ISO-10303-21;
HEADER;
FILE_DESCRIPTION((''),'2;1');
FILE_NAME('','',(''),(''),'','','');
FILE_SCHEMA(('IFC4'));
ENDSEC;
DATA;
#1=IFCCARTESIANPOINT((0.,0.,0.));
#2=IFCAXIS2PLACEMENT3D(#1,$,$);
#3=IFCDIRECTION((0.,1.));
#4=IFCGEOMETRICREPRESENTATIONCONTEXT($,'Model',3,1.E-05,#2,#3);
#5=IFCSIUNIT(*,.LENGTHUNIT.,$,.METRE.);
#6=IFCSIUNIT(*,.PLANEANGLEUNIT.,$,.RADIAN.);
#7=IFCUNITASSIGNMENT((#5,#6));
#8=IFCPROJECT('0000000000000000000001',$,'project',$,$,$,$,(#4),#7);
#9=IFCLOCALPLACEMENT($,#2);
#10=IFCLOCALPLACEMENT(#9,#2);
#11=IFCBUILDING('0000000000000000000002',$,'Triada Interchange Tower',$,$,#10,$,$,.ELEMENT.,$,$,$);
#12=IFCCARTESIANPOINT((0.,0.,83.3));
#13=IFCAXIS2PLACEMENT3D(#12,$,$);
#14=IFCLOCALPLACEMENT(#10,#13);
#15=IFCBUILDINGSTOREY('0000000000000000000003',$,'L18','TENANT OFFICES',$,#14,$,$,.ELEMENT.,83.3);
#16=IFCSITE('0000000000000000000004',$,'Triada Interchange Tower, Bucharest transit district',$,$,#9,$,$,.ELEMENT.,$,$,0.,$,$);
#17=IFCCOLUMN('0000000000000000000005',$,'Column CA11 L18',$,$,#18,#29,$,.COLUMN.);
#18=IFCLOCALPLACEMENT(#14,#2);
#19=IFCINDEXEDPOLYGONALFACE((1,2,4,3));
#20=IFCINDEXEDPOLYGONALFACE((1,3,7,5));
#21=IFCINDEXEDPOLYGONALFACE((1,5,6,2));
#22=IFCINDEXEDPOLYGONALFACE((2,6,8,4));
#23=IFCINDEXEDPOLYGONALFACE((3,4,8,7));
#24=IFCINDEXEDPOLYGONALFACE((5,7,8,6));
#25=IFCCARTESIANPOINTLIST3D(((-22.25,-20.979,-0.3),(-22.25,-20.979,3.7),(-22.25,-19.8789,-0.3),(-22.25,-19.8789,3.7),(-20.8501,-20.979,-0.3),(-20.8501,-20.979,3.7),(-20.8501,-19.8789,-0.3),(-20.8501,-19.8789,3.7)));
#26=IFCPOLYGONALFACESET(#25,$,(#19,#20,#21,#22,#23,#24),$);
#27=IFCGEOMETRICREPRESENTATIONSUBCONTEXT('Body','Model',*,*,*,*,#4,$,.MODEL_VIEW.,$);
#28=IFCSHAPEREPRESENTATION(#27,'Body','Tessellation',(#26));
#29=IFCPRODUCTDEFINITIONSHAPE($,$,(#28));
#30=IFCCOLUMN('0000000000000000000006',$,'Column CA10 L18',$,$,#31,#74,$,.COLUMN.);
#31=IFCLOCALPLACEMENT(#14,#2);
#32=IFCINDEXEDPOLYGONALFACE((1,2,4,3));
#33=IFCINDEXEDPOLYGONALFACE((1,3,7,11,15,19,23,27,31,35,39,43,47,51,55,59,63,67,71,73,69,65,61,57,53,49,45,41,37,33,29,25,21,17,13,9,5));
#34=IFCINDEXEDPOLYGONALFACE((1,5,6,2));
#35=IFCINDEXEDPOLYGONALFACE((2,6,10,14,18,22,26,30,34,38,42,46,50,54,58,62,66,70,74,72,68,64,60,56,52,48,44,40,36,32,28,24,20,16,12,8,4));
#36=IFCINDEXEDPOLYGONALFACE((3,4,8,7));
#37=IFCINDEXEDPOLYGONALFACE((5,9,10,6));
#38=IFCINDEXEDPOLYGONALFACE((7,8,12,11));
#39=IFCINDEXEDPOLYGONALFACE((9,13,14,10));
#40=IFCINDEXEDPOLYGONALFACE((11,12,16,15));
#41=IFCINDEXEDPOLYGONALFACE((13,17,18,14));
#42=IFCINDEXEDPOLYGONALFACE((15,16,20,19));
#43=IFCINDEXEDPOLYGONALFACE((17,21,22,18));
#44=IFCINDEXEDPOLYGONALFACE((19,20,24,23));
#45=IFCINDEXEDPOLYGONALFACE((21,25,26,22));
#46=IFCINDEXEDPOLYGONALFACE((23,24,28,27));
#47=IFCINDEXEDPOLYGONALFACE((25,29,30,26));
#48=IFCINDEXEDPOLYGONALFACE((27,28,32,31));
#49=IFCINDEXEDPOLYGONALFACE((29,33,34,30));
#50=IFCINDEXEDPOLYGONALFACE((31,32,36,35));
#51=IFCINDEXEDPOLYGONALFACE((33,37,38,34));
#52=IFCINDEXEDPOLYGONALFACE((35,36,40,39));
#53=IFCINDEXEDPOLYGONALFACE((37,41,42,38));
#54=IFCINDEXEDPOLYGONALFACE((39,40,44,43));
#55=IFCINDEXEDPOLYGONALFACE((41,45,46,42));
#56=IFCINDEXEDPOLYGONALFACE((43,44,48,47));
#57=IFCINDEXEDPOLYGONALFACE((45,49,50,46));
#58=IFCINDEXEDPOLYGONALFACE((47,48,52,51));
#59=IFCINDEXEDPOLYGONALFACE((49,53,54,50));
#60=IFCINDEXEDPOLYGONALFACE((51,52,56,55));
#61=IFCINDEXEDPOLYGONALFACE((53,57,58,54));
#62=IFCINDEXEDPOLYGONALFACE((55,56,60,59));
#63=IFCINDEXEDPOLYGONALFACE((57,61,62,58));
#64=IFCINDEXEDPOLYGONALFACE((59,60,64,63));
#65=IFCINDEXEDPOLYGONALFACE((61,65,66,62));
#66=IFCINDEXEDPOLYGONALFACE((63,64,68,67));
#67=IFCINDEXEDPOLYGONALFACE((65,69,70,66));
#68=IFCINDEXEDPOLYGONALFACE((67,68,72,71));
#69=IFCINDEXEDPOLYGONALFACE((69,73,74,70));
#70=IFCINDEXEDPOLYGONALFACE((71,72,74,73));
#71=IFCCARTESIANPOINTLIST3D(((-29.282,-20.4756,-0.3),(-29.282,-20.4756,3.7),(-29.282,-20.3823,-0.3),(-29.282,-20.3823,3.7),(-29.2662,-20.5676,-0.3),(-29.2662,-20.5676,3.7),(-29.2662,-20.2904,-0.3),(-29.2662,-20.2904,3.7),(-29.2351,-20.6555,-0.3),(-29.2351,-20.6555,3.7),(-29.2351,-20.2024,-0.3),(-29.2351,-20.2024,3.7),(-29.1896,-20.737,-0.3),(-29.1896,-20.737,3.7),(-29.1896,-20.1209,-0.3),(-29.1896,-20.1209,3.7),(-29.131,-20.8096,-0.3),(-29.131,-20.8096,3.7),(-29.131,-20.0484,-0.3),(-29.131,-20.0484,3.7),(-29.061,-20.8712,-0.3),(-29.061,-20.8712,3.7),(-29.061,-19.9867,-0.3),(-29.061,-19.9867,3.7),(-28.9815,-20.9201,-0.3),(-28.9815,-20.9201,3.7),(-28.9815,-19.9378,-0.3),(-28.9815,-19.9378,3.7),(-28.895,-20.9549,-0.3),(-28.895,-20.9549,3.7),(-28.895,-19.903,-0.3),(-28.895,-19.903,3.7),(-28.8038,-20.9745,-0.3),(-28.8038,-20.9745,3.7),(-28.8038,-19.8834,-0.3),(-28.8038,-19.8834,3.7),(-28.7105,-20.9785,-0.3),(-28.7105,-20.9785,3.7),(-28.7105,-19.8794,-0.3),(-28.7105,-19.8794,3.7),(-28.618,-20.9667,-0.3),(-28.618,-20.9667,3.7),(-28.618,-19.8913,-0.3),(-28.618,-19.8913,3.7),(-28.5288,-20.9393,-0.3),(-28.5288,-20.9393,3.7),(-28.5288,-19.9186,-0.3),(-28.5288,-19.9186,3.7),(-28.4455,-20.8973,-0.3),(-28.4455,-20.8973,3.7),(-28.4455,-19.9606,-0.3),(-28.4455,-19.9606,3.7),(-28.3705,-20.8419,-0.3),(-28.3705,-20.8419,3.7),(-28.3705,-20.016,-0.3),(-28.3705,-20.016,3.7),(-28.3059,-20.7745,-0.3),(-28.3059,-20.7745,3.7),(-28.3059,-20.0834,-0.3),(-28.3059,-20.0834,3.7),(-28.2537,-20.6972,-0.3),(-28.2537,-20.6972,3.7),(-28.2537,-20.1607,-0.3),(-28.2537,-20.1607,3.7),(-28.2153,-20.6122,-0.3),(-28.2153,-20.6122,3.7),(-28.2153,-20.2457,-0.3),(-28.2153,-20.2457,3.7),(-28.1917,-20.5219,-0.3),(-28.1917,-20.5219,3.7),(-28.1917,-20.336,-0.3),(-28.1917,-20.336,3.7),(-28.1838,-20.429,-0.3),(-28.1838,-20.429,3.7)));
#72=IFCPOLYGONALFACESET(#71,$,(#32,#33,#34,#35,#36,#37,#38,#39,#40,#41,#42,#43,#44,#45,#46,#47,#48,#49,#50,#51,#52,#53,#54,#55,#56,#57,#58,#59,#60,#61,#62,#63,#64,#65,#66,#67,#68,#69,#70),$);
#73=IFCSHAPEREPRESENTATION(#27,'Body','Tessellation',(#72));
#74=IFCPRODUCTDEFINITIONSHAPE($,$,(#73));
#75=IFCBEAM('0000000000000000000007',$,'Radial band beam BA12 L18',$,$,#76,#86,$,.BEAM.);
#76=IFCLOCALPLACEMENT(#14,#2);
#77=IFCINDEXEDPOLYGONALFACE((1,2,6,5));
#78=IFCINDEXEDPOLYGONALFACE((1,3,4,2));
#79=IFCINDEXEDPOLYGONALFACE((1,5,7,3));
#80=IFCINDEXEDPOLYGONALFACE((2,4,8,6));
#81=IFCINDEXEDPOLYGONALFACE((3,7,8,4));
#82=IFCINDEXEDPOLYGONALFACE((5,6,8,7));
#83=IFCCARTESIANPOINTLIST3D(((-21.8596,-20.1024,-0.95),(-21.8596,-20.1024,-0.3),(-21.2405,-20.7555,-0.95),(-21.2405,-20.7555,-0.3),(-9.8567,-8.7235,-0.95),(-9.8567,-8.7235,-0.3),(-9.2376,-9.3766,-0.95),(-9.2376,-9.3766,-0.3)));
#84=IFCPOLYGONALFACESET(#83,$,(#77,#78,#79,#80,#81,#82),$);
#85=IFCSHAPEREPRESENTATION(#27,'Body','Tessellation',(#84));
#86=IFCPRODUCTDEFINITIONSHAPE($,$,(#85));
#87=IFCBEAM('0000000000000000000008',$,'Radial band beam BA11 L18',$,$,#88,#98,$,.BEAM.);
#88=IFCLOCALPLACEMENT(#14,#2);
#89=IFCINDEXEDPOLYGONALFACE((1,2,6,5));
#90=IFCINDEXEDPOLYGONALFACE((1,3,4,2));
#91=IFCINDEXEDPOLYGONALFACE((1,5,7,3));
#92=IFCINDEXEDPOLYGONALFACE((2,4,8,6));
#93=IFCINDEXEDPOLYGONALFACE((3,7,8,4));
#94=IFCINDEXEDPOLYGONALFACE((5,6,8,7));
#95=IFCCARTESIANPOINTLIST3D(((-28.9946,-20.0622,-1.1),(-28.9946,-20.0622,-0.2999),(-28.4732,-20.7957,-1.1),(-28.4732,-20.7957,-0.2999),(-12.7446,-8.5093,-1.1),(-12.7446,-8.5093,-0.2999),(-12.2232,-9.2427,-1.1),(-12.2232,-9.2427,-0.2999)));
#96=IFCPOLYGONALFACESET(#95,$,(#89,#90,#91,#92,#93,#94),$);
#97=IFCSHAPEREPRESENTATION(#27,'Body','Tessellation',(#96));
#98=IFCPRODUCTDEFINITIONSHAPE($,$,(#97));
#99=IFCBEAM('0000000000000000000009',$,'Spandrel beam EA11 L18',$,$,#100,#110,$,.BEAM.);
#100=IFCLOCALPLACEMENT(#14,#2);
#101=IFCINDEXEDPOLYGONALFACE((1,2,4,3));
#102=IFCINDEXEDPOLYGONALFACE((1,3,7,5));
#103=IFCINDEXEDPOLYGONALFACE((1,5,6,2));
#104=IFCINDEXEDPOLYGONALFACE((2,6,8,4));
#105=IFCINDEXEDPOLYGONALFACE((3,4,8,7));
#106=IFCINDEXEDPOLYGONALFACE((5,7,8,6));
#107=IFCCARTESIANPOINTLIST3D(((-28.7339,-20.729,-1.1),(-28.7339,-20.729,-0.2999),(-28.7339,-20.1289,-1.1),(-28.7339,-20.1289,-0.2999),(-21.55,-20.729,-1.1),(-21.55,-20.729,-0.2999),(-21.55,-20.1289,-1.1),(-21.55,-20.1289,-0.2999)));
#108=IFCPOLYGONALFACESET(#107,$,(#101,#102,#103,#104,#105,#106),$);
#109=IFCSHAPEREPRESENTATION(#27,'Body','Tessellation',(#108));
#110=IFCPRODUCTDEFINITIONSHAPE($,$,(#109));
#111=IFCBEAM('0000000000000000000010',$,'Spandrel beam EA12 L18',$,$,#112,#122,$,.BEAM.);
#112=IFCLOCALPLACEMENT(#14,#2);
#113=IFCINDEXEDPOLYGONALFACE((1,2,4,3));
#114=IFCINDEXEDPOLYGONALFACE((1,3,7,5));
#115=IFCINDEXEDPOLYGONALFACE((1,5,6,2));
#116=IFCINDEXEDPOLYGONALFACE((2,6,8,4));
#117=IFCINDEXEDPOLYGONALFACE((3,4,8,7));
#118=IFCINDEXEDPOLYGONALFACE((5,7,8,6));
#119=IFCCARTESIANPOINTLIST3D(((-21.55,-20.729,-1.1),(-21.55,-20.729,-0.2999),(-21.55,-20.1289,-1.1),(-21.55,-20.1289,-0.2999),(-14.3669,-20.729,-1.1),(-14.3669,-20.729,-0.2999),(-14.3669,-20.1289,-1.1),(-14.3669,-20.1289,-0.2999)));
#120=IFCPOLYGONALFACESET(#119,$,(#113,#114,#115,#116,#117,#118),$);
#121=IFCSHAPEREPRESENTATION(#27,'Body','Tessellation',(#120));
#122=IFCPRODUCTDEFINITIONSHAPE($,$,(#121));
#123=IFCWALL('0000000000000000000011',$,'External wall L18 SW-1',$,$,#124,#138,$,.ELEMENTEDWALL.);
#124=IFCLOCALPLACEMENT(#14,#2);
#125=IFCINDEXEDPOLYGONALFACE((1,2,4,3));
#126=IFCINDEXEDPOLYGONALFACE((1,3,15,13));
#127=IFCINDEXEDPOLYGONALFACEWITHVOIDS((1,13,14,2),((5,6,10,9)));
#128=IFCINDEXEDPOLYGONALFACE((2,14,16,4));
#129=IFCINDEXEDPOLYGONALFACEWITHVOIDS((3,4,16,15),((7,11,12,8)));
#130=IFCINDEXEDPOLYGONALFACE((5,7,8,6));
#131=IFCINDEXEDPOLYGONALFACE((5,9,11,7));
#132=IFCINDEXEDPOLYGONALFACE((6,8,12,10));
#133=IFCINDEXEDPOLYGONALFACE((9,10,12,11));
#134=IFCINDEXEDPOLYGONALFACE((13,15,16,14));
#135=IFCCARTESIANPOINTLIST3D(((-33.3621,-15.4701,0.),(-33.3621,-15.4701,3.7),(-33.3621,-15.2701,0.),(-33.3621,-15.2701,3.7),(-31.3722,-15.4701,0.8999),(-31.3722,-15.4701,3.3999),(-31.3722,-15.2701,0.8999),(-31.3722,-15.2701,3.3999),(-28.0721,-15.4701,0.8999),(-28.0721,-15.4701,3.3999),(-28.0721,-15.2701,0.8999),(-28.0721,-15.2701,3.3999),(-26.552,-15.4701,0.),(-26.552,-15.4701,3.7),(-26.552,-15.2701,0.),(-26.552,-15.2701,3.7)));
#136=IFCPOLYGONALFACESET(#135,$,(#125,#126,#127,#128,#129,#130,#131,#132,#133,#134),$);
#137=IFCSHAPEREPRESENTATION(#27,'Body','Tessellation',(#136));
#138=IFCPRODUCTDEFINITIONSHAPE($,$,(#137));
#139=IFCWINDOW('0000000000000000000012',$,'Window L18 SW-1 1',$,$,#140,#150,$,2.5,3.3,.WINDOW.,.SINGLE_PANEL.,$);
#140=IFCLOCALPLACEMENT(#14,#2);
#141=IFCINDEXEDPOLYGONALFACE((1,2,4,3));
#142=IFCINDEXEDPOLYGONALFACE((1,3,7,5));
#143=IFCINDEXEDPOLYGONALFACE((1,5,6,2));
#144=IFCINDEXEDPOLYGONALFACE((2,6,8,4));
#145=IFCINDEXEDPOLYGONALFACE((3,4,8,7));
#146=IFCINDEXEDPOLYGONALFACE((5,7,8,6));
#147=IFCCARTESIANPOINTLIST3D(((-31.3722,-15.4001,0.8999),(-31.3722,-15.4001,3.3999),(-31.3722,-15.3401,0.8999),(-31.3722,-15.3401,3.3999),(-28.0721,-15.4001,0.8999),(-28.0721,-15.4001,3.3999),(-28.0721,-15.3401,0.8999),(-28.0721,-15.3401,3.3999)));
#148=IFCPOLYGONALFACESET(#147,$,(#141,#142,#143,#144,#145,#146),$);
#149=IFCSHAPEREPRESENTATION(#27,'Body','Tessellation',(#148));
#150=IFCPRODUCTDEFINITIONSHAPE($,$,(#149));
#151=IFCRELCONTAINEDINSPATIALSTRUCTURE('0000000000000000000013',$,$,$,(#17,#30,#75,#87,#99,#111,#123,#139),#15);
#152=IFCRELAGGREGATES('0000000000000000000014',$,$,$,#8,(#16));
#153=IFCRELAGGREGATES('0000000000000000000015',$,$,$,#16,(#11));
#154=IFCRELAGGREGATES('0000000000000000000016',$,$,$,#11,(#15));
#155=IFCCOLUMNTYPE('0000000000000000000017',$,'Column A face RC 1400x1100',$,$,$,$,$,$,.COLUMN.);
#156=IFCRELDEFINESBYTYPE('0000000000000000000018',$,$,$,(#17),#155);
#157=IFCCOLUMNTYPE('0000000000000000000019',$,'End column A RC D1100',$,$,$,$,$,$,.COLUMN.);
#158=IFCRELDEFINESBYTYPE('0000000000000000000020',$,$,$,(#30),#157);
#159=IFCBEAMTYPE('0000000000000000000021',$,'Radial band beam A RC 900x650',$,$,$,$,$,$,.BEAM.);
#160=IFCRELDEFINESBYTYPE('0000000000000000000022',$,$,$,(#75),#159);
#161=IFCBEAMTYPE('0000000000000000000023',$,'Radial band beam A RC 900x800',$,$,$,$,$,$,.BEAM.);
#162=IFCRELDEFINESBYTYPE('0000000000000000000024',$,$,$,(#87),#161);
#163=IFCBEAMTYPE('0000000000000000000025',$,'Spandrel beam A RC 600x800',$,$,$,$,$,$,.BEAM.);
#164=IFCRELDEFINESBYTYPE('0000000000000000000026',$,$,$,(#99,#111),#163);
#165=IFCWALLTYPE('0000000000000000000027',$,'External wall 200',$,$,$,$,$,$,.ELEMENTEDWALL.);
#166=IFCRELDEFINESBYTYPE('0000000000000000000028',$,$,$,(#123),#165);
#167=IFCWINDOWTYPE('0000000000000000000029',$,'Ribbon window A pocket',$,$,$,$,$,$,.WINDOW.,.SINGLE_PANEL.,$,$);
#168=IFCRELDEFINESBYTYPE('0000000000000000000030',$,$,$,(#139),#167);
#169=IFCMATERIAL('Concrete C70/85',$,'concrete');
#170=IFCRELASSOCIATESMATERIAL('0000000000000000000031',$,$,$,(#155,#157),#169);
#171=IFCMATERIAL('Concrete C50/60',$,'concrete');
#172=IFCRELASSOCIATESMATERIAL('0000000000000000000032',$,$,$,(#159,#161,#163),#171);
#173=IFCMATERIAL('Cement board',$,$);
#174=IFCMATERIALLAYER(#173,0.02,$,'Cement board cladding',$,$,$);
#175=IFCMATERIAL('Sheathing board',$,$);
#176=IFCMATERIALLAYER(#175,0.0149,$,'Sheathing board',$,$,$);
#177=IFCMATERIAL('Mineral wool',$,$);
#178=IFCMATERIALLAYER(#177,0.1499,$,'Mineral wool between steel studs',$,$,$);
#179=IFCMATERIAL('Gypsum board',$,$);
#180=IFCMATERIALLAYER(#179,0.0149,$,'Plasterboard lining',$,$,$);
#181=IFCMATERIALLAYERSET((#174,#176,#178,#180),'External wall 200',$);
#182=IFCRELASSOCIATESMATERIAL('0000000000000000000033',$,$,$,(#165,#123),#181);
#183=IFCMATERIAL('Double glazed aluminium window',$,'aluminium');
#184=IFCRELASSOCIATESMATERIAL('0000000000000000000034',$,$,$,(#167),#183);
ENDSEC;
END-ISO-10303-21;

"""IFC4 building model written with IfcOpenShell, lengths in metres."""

from ifc_helpers import new_model, si_unit, direction, frame, frame_2d, origin, origin_2d, place, context, subcontext, project, spatial, rectangle, circle, extrude, material, layer, layer_set, layer_usage, material_profile, profile_set, type_object, element, fill, save


model = new_model("IFC4")

# Units and contexts
model_context = context("Model", 3, precision=1e-05, world=origin(), true_north=direction((0.0, 1.0)))
body_context = subcontext(model_context, "Body", "Model", "MODEL_VIEW")
ifc_project = project(units=[si_unit("LENGTHUNIT", "METRE"), si_unit("PLANEANGLEUNIT", "RADIAN")], contexts=[model_context])

# Site, building, storey
site_placement = place(None, origin())
site = spatial("IfcSite", under=ifc_project, at=site_placement, Name="Triada Interchange Tower, Bucharest transit district", CompositionType="ELEMENT", RefElevation=0.0)
building_placement = place(site_placement, origin())
building = spatial("IfcBuilding", under=site, at=building_placement, Name="Triada Interchange Tower", CompositionType="ELEMENT")
storey_placement = place(building_placement, frame((0.0, 0.0, 83.3)))
storey = spatial("IfcBuildingStorey", under=building, at=storey_placement, Name="L18", Description="TENANT OFFICES", CompositionType="ELEMENT", Elevation=83.3)

# Columns
ifc_material_1 = material(Name="Concrete C70/85", Category="concrete")
ifc_material_profile_1 = material_profile(ifc_material_1, rectangle(XDim=1.3999, YDim=1.1001, at=origin_2d()), Name="RC 1400x1100")
ifc_profile_set_1 = profile_set([ifc_material_profile_1], Name="Concrete C70/85")
column_type_1 = type_object("IfcColumnType", Name="Column A face RC 1400x1100", PredefinedType="COLUMN", material=ifc_profile_set_1)
column_1_placement = place(storey_placement, frame((-21.55, -20.429, -0.3), z_axis=(0.0, 0.0, 1.0), x_axis=(1.0, 0.0, 0.0)))
element("IfcColumn", 1, at=column_1_placement, inside=storey, type_object=column_type_1, Name="Column CA11 L18", PredefinedType="COLUMN", context=body_context, shape_type="SweptSolid", body=[
    extrude(rectangle(XDim=1.3999, YDim=1.1001, at=origin_2d()), origin(), (0.0, 0.0, 1.0), 4.0),
])
ifc_material_profile_2 = material_profile(ifc_material_1, circle(Radius=0.55, at=origin_2d()), Name="RC D1100")
ifc_profile_set_2 = profile_set([ifc_material_profile_2], Name="Concrete C70/85")
column_type_2 = type_object("IfcColumnType", Name="End column A RC D1100", PredefinedType="COLUMN", material=ifc_profile_set_2)
column_2_placement = place(storey_placement, frame((-28.7339, -20.429, -0.3), z_axis=(0.0, 0.0, 1.0), x_axis=(1.0, 0.0, 0.0)))
element("IfcColumn", 2, at=column_2_placement, inside=storey, type_object=column_type_2, Name="Column CA10 L18", PredefinedType="COLUMN", context=body_context, shape_type="SweptSolid", body=[
    extrude(circle(Radius=0.55, at=origin_2d()), origin(), (0.0, 0.0, 1.0), 4.0),
])

# Beams
ifc_material_2 = material(Name="Concrete C50/60", Category="concrete")
ifc_material_profile_3 = material_profile(ifc_material_2, rectangle(XDim=0.8999, YDim=0.6499, at=origin_2d()), Name="RC 900x650")
ifc_profile_set_3 = profile_set([ifc_material_profile_3], Name="Concrete C50/60")
beam_type_1 = type_object("IfcBeamType", Name="Radial band beam A RC 900x650", PredefinedType="BEAM", material=ifc_profile_set_3)
beam_1_placement = place(storey_placement, frame((-21.55, -20.429, -0.625), z_axis=(0.72572, 0.68799, 0.0), x_axis=(-0.68799, 0.72572, 0.0)))
element("IfcBeam", 3, at=beam_1_placement, inside=storey, type_object=beam_type_1, Name="Radial band beam BA12 L18", PredefinedType="BEAM", context=body_context, shape_type="SweptSolid", body=[
    extrude(rectangle(XDim=0.8999, YDim=0.6499, at=origin_2d()), origin(), (0.0, 0.0, 1.0), 16.5393),
])
ifc_material_profile_4 = material_profile(ifc_material_2, rectangle(XDim=0.8999, YDim=0.8, at=origin_2d()), Name="RC 900x800")
ifc_profile_set_4 = profile_set([ifc_material_profile_4], Name="Concrete C50/60")
beam_type_2 = type_object("IfcBeamType", Name="Radial band beam A RC 900x800", PredefinedType="BEAM", material=ifc_profile_set_4)
beam_2_placement = place(storey_placement, frame((-28.7339, -20.429, -0.7), z_axis=(0.815016, 0.579438, 0.0), x_axis=(-0.579438, 0.815016, 0.0)))
element("IfcBeam", 4, at=beam_2_placement, inside=storey, type_object=beam_type_2, Name="Radial band beam BA11 L18", PredefinedType="BEAM", context=body_context, shape_type="SweptSolid", body=[
    extrude(rectangle(XDim=0.8999, YDim=0.8, at=origin_2d()), origin(), (0.0, 0.0, 1.0), 19.9382),
])
ifc_material_profile_5 = material_profile(ifc_material_2, rectangle(XDim=0.6001, YDim=0.8, at=origin_2d()), Name="RC 600x800")
ifc_profile_set_5 = profile_set([ifc_material_profile_5], Name="Concrete C50/60")
beam_type_3 = type_object("IfcBeamType", Name="Spandrel beam A RC 600x800", PredefinedType="BEAM", material=ifc_profile_set_5)
beam_3_placement = place(storey_placement, frame((-28.7339, -20.429, -0.7), z_axis=(1.0, 0.0, 0.0), x_axis=(0.0, 1.0, 0.0)))
element("IfcBeam", 5, at=beam_3_placement, inside=storey, type_object=beam_type_3, Name="Spandrel beam EA11 L18", PredefinedType="BEAM", context=body_context, shape_type="SweptSolid", body=[
    extrude(rectangle(XDim=0.6001, YDim=0.8, at=origin_2d()), origin(), (0.0, 0.0, 1.0), 7.1838),
])
beam_4_placement = place(storey_placement, frame((-21.55, -20.429, -0.7), z_axis=(1.0, 0.0, 0.0), x_axis=(0.0, 1.0, 0.0)))
element("IfcBeam", 6, at=beam_4_placement, inside=storey, type_object=beam_type_3, Name="Spandrel beam EA12 L18", PredefinedType="BEAM", context=body_context, shape_type="SweptSolid", body=[
    extrude(rectangle(XDim=0.6001, YDim=0.8, at=origin_2d()), origin(), (0.0, 0.0, 1.0), 7.1831),
])

# Wall, opening, window
ifc_material_3 = material(Name="Cement board")
ifc_layer_1 = layer(ifc_material_3, 0.02, Name="Cement board cladding")
ifc_material_4 = material(Name="Sheathing board")
ifc_layer_2 = layer(ifc_material_4, 0.0149, Name="Sheathing board")
ifc_material_5 = material(Name="Mineral wool")
ifc_layer_3 = layer(ifc_material_5, 0.1499, Name="Mineral wool between steel studs")
ifc_material_6 = material(Name="Gypsum board")
ifc_layer_4 = layer(ifc_material_6, 0.0149, Name="Plasterboard lining")
ifc_layer_set_1 = layer_set([ifc_layer_1, ifc_layer_2, ifc_layer_3, ifc_layer_4], Name="External wall 200")
ifc_layer_usage = layer_usage(ifc_layer_set_1, "AXIS2", "POSITIVE", -0.1001)
wall_type_1 = type_object("IfcWallType", Name="External wall 200", PredefinedType="ELEMENTEDWALL", material=ifc_layer_set_1)
wall_1_placement = place(storey_placement, frame((-33.3621, -15.3701, 0.0), z_axis=(0.0, 0.0, 1.0), x_axis=(1.0, 0.0, 0.0)))
wall_1 = element("IfcWall", 7, at=wall_1_placement, inside=storey, type_object=wall_type_1, material=ifc_layer_usage, Name="External wall L18 SW-1", PredefinedType="ELEMENTEDWALL", context=body_context, shape_type="SweptSolid", body=[
    extrude(rectangle(XDim=6.8101, YDim=0.2, at=frame_2d((3.405, 0.0))), origin(), (0.0, 0.0, 1.0), 3.7),
])
opening_1_placement = place(wall_1_placement, frame((1.99, 0.0, 0.8999)))
opening_1 = element("IfcOpeningElement", 8, at=opening_1_placement, cuts=wall_1, PredefinedType="OPENING", context=body_context, shape_type="SweptSolid", body=[
    extrude(rectangle(XDim=3.3, YDim=2.5, at=frame_2d((1.6499, 1.25))), frame((0.0, 0.1099, 0.0), z_axis=(0.0, -1.0, 0.0), x_axis=(1.0, 0.0, 0.0)), (0.0, 0.0, 1.0), 0.22),
])
ifc_material_7 = material(Name="Double glazed aluminium window", Category="aluminium")
window_type_1 = type_object("IfcWindowType", Name="Ribbon window A pocket", PartitioningType="SINGLE_PANEL", PredefinedType="WINDOW", material=ifc_material_7)
window_1_placement = place(opening_1_placement, origin())
window_1 = element("IfcWindow", 9, at=window_1_placement, inside=storey, type_object=window_type_1, Name="Window L18 SW-1 1", OverallHeight=2.5, OverallWidth=3.3, PartitioningType="SINGLE_PANEL", PredefinedType="WINDOW", context=body_context, shape_type="SweptSolid", body=[
    extrude(rectangle(XDim=3.3, YDim=2.5, at=frame_2d((1.6499, 1.25))), frame((0.0, 0.03, 0.0), z_axis=(0.0, -1.0, 0.0), x_axis=(1.0, 0.0, 0.0)), (0.0, 0.0, 1.0), 0.0601),
])
fill(opening_1, window_1)

save(model, "model.ifc")
